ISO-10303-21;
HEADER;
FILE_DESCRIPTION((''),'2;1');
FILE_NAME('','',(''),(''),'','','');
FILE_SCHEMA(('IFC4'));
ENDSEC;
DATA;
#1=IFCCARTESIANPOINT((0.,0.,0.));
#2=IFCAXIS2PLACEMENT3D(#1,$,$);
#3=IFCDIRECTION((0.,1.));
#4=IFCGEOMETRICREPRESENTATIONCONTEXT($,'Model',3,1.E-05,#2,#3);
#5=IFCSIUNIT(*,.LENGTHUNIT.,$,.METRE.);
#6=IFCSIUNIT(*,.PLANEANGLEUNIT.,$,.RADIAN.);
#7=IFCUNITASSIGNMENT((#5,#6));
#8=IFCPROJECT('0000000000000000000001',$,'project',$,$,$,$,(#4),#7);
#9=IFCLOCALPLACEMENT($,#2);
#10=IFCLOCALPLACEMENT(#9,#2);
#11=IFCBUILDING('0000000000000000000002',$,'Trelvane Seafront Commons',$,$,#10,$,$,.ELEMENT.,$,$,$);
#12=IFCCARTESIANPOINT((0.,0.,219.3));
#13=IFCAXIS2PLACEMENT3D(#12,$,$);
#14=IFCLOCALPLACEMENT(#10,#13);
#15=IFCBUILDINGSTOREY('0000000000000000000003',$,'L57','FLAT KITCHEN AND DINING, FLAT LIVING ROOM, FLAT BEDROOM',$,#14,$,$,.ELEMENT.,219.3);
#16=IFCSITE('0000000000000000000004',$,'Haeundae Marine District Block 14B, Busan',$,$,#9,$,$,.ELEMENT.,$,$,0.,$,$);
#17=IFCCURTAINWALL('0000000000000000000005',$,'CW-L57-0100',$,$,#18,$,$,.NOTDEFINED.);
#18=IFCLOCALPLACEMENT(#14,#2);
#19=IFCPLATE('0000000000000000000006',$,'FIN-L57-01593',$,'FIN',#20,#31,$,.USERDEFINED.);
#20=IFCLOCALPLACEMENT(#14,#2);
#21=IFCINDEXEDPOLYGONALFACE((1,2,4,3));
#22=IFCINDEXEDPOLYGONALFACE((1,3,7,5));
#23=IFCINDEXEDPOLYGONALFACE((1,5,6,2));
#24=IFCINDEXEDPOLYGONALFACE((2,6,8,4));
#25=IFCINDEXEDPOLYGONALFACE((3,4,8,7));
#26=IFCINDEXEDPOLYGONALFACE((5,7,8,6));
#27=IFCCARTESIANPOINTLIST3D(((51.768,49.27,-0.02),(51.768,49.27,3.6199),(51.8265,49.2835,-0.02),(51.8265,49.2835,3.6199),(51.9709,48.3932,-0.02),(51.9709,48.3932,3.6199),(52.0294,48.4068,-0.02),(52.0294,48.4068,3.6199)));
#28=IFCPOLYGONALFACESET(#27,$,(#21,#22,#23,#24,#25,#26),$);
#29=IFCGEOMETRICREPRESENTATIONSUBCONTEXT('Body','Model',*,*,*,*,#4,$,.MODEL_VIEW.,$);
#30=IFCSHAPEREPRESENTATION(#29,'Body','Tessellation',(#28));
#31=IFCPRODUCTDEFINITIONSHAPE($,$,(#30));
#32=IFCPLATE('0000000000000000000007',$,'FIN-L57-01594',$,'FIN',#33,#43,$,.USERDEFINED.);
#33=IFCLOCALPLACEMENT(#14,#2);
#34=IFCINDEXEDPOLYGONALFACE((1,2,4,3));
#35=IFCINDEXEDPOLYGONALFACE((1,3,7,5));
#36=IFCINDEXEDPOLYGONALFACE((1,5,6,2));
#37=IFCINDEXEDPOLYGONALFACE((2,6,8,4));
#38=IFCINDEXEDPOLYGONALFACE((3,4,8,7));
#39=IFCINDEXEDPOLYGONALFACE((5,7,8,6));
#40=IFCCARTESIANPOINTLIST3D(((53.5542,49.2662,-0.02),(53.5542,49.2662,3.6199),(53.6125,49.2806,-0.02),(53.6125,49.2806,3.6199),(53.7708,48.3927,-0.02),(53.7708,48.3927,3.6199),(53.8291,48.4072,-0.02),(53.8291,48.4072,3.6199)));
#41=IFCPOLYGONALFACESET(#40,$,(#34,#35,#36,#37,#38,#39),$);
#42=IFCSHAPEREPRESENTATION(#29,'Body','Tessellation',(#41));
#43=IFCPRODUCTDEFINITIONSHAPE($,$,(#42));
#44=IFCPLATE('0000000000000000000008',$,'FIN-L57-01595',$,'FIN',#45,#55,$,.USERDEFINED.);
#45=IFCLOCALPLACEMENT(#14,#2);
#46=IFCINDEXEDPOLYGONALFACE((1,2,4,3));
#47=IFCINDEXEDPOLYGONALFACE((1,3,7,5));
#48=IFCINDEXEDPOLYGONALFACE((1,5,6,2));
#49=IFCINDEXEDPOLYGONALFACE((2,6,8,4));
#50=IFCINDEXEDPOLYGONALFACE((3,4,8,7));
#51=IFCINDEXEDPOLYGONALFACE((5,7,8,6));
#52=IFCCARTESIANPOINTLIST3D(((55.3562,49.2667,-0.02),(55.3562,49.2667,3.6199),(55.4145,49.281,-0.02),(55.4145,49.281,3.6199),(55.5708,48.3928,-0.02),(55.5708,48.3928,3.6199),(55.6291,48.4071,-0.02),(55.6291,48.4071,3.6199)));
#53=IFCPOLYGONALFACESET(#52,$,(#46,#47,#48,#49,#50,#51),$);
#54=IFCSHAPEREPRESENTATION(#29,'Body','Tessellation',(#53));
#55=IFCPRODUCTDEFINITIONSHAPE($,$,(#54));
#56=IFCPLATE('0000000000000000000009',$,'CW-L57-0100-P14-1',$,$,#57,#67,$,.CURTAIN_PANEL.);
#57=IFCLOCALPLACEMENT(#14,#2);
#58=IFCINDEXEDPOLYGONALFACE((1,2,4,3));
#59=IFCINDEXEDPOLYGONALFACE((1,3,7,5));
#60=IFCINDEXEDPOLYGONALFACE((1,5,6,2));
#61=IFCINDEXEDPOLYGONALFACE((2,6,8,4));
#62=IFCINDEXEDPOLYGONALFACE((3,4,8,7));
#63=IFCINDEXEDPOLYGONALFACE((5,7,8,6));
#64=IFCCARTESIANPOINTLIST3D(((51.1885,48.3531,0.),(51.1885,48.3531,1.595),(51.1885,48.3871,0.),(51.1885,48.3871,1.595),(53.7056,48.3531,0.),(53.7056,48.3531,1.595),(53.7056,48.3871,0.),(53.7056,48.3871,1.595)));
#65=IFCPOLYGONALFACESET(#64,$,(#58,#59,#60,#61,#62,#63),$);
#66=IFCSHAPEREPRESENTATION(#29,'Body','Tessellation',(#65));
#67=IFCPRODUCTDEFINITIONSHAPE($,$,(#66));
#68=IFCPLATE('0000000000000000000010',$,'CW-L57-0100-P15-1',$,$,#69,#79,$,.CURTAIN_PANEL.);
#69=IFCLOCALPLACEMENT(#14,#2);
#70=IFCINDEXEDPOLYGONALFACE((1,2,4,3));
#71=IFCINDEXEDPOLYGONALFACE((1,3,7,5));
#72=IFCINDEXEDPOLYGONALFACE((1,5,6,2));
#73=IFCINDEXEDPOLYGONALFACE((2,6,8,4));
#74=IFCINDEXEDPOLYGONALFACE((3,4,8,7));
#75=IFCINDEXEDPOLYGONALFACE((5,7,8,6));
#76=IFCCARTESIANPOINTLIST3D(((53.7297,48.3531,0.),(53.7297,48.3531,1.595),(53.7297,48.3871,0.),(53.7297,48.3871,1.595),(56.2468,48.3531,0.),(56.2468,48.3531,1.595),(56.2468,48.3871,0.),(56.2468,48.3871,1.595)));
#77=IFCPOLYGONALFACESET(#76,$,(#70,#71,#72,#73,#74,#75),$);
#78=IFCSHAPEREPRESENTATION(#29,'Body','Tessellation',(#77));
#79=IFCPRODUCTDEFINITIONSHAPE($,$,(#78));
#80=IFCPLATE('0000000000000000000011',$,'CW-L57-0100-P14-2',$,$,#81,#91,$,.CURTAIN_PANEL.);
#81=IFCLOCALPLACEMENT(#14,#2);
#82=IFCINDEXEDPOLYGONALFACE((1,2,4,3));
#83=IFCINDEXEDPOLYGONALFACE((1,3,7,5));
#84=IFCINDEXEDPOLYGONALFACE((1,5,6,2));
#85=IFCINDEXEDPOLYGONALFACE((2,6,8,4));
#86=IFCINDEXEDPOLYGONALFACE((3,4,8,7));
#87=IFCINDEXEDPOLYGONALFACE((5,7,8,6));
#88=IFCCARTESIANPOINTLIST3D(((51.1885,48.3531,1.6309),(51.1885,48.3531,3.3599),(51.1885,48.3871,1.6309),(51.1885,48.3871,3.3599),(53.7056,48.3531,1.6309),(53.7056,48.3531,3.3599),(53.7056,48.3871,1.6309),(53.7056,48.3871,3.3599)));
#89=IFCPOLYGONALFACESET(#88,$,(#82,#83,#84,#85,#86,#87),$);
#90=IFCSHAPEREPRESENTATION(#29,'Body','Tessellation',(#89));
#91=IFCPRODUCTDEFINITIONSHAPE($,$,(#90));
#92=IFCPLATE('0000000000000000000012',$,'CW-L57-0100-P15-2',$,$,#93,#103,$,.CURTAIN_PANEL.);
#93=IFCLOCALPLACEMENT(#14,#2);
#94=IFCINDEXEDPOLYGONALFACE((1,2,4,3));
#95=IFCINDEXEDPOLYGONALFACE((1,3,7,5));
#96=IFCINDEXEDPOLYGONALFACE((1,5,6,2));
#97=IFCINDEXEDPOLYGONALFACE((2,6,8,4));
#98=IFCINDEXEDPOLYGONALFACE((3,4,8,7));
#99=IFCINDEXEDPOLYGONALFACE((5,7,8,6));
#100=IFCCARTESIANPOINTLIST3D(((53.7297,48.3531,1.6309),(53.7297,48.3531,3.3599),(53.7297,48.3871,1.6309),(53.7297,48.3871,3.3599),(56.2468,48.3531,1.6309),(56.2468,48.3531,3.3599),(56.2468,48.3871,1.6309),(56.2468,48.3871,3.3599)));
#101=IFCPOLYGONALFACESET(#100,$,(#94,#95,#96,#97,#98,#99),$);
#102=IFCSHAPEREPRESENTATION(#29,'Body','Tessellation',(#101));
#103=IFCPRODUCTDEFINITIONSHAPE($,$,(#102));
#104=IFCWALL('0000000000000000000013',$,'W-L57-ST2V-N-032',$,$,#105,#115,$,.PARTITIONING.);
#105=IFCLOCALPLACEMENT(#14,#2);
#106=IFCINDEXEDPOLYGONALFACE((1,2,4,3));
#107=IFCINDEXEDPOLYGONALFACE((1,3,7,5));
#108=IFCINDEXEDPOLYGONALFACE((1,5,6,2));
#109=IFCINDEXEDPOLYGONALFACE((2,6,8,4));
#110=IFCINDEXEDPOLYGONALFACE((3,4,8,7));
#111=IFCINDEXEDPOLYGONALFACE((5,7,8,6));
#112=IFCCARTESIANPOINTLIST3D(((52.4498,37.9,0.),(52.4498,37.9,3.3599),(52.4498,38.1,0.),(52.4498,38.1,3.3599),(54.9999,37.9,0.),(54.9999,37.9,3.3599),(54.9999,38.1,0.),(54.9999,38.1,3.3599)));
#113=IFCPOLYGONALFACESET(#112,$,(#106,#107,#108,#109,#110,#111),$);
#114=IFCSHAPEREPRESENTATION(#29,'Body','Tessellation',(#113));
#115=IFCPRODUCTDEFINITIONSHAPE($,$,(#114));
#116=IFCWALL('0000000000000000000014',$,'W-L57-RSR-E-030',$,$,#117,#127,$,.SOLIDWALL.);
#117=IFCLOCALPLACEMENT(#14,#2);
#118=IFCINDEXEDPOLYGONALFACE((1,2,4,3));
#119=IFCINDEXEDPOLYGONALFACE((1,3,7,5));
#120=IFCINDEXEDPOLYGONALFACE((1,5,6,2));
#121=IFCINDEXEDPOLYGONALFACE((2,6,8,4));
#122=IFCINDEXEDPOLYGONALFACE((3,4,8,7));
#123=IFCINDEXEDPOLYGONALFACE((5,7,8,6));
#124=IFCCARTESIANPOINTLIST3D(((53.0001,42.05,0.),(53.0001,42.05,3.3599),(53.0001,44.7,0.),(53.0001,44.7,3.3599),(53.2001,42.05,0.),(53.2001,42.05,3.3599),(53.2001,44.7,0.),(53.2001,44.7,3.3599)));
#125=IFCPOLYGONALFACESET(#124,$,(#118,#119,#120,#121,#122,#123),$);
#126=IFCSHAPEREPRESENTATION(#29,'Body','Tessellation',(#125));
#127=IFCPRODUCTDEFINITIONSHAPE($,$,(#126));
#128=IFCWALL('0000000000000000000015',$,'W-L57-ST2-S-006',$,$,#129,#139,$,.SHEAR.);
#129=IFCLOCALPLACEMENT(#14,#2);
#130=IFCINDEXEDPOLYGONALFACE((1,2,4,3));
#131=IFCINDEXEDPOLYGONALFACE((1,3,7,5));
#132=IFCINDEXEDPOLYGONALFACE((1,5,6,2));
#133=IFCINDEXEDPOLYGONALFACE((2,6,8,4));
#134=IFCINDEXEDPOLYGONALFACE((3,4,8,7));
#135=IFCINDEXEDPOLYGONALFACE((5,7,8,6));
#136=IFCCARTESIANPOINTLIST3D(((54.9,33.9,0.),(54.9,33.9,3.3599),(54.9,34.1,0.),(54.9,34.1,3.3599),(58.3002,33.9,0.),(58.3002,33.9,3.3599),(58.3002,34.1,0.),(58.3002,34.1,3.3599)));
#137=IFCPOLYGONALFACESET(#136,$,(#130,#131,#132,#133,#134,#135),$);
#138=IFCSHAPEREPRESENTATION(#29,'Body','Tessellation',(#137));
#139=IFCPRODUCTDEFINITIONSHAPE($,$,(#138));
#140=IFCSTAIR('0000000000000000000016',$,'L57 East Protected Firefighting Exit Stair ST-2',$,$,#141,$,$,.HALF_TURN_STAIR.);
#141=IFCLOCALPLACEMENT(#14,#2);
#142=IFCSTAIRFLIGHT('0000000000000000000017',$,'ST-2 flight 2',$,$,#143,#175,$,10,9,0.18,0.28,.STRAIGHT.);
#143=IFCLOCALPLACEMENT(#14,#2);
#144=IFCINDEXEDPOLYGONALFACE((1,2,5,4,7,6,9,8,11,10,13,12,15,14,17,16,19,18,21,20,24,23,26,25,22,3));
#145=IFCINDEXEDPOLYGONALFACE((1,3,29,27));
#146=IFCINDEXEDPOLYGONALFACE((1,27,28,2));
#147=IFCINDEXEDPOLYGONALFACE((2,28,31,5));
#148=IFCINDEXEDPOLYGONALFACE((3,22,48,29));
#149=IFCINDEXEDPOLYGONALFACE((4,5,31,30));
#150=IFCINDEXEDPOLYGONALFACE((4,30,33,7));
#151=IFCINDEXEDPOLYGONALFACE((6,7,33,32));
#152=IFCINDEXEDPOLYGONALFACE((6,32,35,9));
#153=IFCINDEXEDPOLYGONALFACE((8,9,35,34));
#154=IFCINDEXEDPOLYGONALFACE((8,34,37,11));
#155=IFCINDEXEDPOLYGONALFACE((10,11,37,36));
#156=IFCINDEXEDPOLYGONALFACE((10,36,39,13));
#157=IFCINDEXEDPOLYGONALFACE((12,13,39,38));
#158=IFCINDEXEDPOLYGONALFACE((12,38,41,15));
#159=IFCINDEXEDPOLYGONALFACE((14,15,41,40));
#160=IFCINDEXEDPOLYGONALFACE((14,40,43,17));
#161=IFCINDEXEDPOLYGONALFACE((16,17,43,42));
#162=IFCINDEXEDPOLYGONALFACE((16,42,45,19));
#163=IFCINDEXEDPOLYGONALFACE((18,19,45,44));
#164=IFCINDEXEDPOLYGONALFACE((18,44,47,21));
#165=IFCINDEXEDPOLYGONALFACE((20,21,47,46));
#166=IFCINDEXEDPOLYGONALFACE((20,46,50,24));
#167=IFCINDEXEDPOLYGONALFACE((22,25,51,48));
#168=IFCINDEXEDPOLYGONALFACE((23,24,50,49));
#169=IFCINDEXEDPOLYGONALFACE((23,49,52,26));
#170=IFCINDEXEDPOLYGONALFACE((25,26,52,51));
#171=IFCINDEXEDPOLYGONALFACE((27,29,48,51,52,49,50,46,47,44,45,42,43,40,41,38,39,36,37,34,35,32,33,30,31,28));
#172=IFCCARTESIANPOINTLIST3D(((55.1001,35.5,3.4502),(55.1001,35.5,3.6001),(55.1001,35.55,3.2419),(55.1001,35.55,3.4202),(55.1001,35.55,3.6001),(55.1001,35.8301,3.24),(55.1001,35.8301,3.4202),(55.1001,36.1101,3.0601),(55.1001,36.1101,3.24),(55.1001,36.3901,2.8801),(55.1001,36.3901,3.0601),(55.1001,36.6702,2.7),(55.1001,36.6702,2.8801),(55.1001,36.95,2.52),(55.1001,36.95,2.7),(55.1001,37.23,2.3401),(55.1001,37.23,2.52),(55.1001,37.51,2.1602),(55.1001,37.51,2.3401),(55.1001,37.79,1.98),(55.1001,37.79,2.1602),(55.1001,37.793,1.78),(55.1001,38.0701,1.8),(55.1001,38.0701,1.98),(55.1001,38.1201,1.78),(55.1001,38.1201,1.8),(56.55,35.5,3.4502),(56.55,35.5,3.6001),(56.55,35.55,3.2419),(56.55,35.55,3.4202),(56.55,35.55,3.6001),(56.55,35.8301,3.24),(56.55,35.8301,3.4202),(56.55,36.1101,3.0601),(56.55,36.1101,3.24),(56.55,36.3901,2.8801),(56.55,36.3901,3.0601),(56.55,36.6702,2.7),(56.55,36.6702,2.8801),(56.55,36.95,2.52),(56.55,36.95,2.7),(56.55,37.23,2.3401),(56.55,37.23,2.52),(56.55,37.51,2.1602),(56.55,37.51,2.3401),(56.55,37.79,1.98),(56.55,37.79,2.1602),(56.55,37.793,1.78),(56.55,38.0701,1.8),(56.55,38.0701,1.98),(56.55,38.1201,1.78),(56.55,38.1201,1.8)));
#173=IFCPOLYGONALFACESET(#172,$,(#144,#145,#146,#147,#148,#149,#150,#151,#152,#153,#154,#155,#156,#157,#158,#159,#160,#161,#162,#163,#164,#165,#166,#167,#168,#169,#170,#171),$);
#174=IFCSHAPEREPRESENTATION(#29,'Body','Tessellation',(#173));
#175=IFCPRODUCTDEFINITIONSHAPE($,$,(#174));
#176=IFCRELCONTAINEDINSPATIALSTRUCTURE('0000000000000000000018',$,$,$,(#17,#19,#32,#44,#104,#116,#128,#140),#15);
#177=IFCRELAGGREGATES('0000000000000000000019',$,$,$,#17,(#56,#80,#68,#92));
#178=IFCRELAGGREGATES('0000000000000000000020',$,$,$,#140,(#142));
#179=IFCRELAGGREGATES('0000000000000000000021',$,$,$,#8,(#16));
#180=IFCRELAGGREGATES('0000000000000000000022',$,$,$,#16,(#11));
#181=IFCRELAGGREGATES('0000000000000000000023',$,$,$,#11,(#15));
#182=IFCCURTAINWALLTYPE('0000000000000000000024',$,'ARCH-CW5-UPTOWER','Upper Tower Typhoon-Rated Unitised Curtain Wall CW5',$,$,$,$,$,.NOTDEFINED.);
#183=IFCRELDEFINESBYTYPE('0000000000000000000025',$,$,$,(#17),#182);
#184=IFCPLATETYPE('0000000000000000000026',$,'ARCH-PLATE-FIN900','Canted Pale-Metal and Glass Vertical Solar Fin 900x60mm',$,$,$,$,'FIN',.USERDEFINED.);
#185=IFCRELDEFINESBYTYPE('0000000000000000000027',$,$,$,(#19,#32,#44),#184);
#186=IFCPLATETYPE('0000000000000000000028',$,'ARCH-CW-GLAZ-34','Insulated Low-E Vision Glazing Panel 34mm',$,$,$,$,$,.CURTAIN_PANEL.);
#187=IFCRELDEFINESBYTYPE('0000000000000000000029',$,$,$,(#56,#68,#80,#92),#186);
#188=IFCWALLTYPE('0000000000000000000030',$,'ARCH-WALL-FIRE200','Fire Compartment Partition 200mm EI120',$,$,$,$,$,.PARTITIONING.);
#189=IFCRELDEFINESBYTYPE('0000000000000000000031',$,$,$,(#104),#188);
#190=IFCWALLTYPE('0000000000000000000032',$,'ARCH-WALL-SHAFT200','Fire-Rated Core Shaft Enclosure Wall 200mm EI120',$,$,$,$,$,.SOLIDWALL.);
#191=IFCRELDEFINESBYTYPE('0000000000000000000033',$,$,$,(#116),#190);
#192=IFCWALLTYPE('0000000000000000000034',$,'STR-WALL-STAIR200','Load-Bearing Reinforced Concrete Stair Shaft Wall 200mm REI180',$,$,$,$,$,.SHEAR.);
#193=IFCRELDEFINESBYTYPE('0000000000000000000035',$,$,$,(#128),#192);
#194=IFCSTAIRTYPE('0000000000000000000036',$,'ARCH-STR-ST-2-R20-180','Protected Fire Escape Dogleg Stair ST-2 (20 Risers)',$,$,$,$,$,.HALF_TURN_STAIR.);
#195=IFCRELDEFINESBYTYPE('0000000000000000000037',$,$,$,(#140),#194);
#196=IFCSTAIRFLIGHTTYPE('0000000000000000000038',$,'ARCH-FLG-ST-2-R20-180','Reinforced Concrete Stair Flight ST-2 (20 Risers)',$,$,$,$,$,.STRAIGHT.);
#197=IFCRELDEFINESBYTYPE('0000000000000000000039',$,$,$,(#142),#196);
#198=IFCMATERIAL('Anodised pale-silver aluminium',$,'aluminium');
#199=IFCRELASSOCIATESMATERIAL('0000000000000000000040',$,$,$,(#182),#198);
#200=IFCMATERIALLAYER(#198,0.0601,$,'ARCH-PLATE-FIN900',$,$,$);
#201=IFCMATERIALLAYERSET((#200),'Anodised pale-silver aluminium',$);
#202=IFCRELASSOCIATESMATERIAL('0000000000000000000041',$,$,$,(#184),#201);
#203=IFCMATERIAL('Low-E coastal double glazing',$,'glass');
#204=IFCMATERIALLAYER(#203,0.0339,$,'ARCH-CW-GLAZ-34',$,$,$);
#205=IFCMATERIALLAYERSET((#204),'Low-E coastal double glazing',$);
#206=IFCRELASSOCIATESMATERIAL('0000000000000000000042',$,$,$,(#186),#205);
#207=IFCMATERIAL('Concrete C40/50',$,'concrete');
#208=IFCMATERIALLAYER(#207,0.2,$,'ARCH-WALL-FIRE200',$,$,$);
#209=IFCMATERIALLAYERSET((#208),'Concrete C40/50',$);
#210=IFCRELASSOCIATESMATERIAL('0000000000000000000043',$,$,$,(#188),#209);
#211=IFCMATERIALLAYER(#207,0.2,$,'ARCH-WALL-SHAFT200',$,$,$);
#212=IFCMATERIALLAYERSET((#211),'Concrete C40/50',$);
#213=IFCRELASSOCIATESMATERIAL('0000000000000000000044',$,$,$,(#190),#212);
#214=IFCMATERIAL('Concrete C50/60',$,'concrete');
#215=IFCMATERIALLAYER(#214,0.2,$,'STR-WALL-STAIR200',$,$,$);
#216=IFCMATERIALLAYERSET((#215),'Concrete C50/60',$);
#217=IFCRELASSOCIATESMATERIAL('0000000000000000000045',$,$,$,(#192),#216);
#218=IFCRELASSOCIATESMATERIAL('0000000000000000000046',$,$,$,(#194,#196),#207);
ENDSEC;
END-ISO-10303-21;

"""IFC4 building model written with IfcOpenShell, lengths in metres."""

from ifc_helpers import new_model, si_unit, direction, frame, frame_2d, origin, origin_2d, place, context, subcontext, project, spatial, polyline, rectangle, outline, extrude, source, transform, mapped, material, layer, layer_set, type_object, element, aggregate, save


model = new_model("IFC4")

# Units and contexts
model_context = context("Model", 3, precision=1e-05, world=origin(), true_north=direction((0.0, 1.0)))
body_context = subcontext(model_context, "Body", "Model", "MODEL_VIEW")
ifc_project = project(units=[si_unit("LENGTHUNIT", "METRE"), si_unit("PLANEANGLEUNIT", "RADIAN")], contexts=[model_context])

# Site, building, storey
site_placement = place(None, origin())
site = spatial("IfcSite", under=ifc_project, at=site_placement, Name="Haeundae Marine District Block 14B, Busan", CompositionType="ELEMENT", RefElevation=0.0)
building_placement = place(site_placement, origin())
building = spatial("IfcBuilding", under=site, at=building_placement, Name="Trelvane Seafront Commons", CompositionType="ELEMENT")
storey_placement = place(building_placement, frame((0.0, 0.0, 219.3)))
storey = spatial("IfcBuildingStorey", under=building, at=storey_placement, Name="L57", Description="FLAT KITCHEN AND DINING, FLAT LIVING ROOM, FLAT BEDROOM", CompositionType="ELEMENT", Elevation=219.3)

# Shared definitions
ifc_material_1 = material(Name="Concrete C50/60", Category="concrete")

# Curtain wall
ifc_material_2 = material(Name="Anodised pale-silver aluminium", Category="aluminium")
curtain_wall_type = type_object("IfcCurtainWallType", Name="ARCH-CW5-UPTOWER", Description="Upper Tower Typhoon-Rated Unitised Curtain Wall CW5", PredefinedType="NOTDEFINED", material=ifc_material_2)
curtain_wall_placement = place(storey_placement, origin())
curtain_wall = element("IfcCurtainWall", 1, at=curtain_wall_placement, inside=storey, type_object=curtain_wall_type, Name="CW-L57-0100", PredefinedType="NOTDEFINED")

# Plates
ifc_layer_1 = layer(ifc_material_2, 0.0601, Name="ARCH-PLATE-FIN900")
ifc_layer_set_1 = layer_set([ifc_layer_1], Name="Anodised pale-silver aluminium")
plate_type_1 = type_object("IfcPlateType", Name="ARCH-PLATE-FIN900", Description="Canted Pale-Metal and Glass Vertical Solar Fin 900x60mm", ElementType="FIN", PredefinedType="USERDEFINED", material=ifc_layer_set_1)
shared_shape_1 = source(origin(), body_context, "Body", "SweptSolid", [
    extrude(rectangle(XDim=0.8999, YDim=0.0601, at=origin_2d()), origin(), (0.0, 0.0, 1.0), 3.6399),
])
for number, where, z_axis, x_axis, name in (
    (2, (51.8987, 48.8384, -0.02), (0.0, 0.0, 1.0), (-0.225453, 0.974254, 0.0), "FIN-L57-01593"),
    (3, (53.6917, 48.8367, -0.02), (0.0, 0.0, 1.0), (-0.240679, 0.970605, 0.0), "FIN-L57-01594"),
    (4, (55.4927, 48.8369, -0.02), (0.0, 0.0, 1.0), (-0.238455, 0.971153, 0.0), "FIN-L57-01595"),
):
    element("IfcPlate", number, at=place(storey_placement, frame(where, z_axis=z_axis, x_axis=x_axis)), inside=storey, type_object=plate_type_1, Name=name, ObjectType="FIN", PredefinedType="USERDEFINED", context=body_context, shape_type="MappedRepresentation", body=[
        mapped(shared_shape_1, transform((0.0, 0.0, 0.0), x_axis=(1.0, 0.0, 0.0), y_axis=(0.0, 1.0, 0.0), z_axis=(0.0, 0.0, 1.0), scale=1.0)),
    ])

# Plates
ifc_material_3 = material(Name="Low-E coastal double glazing", Category="glass")
ifc_layer_2 = layer(ifc_material_3, 0.0339, Name="ARCH-CW-GLAZ-34")
ifc_layer_set_2 = layer_set([ifc_layer_2], Name="Low-E coastal double glazing")
plate_type_2 = type_object("IfcPlateType", Name="ARCH-CW-GLAZ-34", Description="Insulated Low-E Vision Glazing Panel 34mm", PredefinedType="CURTAIN_PANEL", material=ifc_layer_set_2)
shared_shape_2 = source(origin(), body_context, "Body", "SweptSolid", [
    extrude(rectangle(XDim=2.5171, YDim=0.0339, at=origin_2d()), origin(), (0.0, 0.0, 1.0), 1.595),
])
plate_1_placement = place(storey_placement, frame((52.447, 48.3701, 0.0), z_axis=(0.0, 0.0, 1.0), x_axis=(1.0, 0.0, 0.0)))
plate_1 = element("IfcPlate", 5, at=plate_1_placement, type_object=plate_type_2, Name="CW-L57-0100-P14-1", PredefinedType="CURTAIN_PANEL", context=body_context, shape_type="MappedRepresentation", body=[
    mapped(shared_shape_2, transform((0.0, 0.0, 0.0), x_axis=(1.0, 0.0, 0.0), y_axis=(0.0, 1.0, 0.0), z_axis=(0.0, 0.0, 1.0), scale=1.0)),
])
plate_2_placement = place(storey_placement, frame((54.9883, 48.3701, 0.0), z_axis=(0.0, 0.0, 1.0), x_axis=(1.0, 0.0, 0.0)))
plate_2 = element("IfcPlate", 6, at=plate_2_placement, type_object=plate_type_2, Name="CW-L57-0100-P15-1", PredefinedType="CURTAIN_PANEL", context=body_context, shape_type="MappedRepresentation", body=[
    mapped(shared_shape_2, transform((0.0, 0.0, 0.0), x_axis=(1.0, 0.0, 0.0), y_axis=(0.0, 1.0, 0.0), z_axis=(0.0, 0.0, 1.0), scale=1.0)),
])
shared_shape_3 = source(origin(), body_context, "Body", "SweptSolid", [
    extrude(rectangle(XDim=2.5171, YDim=0.0339, at=origin_2d()), origin(), (0.0, 0.0, 1.0), 1.729),
])
plate_3_placement = place(storey_placement, frame((52.447, 48.3701, 1.6309), z_axis=(0.0, 0.0, 1.0), x_axis=(1.0, 0.0, 0.0)))
plate_3 = element("IfcPlate", 7, at=plate_3_placement, type_object=plate_type_2, Name="CW-L57-0100-P14-2", PredefinedType="CURTAIN_PANEL", context=body_context, shape_type="MappedRepresentation", body=[
    mapped(shared_shape_3, transform((0.0, 0.0, 0.0), x_axis=(1.0, 0.0, 0.0), y_axis=(0.0, 1.0, 0.0), z_axis=(0.0, 0.0, 1.0), scale=1.0)),
])
plate_4_placement = place(storey_placement, frame((54.9883, 48.3701, 1.6309), z_axis=(0.0, 0.0, 1.0), x_axis=(1.0, 0.0, 0.0)))
plate_4 = element("IfcPlate", 8, at=plate_4_placement, type_object=plate_type_2, Name="CW-L57-0100-P15-2", PredefinedType="CURTAIN_PANEL", context=body_context, shape_type="MappedRepresentation", body=[
    mapped(shared_shape_3, transform((0.0, 0.0, 0.0), x_axis=(1.0, 0.0, 0.0), y_axis=(0.0, 1.0, 0.0), z_axis=(0.0, 0.0, 1.0), scale=1.0)),
])
aggregate(curtain_wall, [plate_1, plate_3, plate_2, plate_4])

# Walls
ifc_material_4 = material(Name="Concrete C40/50", Category="concrete")
ifc_layer_3 = layer(ifc_material_4, 0.2, Name="ARCH-WALL-FIRE200")
ifc_layer_set_3 = layer_set([ifc_layer_3], Name="Concrete C40/50")
wall_type_1 = type_object("IfcWallType", Name="ARCH-WALL-FIRE200", Description="Fire Compartment Partition 200mm EI120", PredefinedType="PARTITIONING", material=ifc_layer_set_3)
wall_1_placement = place(storey_placement, frame((52.45, 38.0, 0.0), z_axis=(0.0, 0.0, 1.0), x_axis=(1.0, 0.0, 0.0)))
element("IfcWall", 9, at=wall_1_placement, inside=storey, type_object=wall_type_1, Name="W-L57-ST2V-N-032", PredefinedType="PARTITIONING", context=body_context, shape_type="SweptSolid", body=[
    extrude(rectangle(XDim=2.55, YDim=0.2, at=frame_2d((1.2749, 0.0))), origin(), (0.0, 0.0, 1.0), 3.3599),
])
ifc_layer_4 = layer(ifc_material_4, 0.2, Name="ARCH-WALL-SHAFT200")
ifc_layer_set_4 = layer_set([ifc_layer_4], Name="Concrete C40/50")
wall_type_2 = type_object("IfcWallType", Name="ARCH-WALL-SHAFT200", Description="Fire-Rated Core Shaft Enclosure Wall 200mm EI120", PredefinedType="SOLIDWALL", material=ifc_layer_set_4)
wall_2_placement = place(storey_placement, frame((53.1001, 42.05, 0.0), z_axis=(0.0, 0.0, 1.0), x_axis=(0.0, 1.0, 0.0)))
element("IfcWall", 10, at=wall_2_placement, inside=storey, type_object=wall_type_2, Name="W-L57-RSR-E-030", PredefinedType="SOLIDWALL", context=body_context, shape_type="SweptSolid", body=[
    extrude(rectangle(XDim=2.6499, YDim=0.2, at=frame_2d((1.325, 0.0))), origin(), (0.0, 0.0, 1.0), 3.3599),
])
ifc_layer_5 = layer(ifc_material_1, 0.2, Name="STR-WALL-STAIR200")
ifc_layer_set_5 = layer_set([ifc_layer_5], Name="Concrete C50/60")
wall_type_3 = type_object("IfcWallType", Name="STR-WALL-STAIR200", Description="Load-Bearing Reinforced Concrete Stair Shaft Wall 200mm REI180", PredefinedType="SHEAR", material=ifc_layer_set_5)
wall_3_placement = place(storey_placement, frame((54.8999, 34.0, 0.0), z_axis=(0.0, 0.0, 1.0), x_axis=(1.0, 0.0, 0.0)))
element("IfcWall", 11, at=wall_3_placement, inside=storey, type_object=wall_type_3, Name="W-L57-ST2-S-006", PredefinedType="SHEAR", context=body_context, shape_type="SweptSolid", body=[
    extrude(rectangle(XDim=3.4001, YDim=0.2, at=frame_2d((1.7002, 0.0))), origin(), (0.0, 0.0, 1.0), 3.3599),
])

# Stair, stair flight
stair_type = type_object("IfcStairType", Name="ARCH-STR-ST-2-R20-180", Description="Protected Fire Escape Dogleg Stair ST-2 (20 Risers)", PredefinedType="HALF_TURN_STAIR", material=ifc_material_4)
stair_placement = place(storey_placement, origin())
stair = element("IfcStair", 12, at=stair_placement, inside=storey, type_object=stair_type, Name="L57 East Protected Firefighting Exit Stair ST-2", PredefinedType="HALF_TURN_STAIR")
stair_flight_type = type_object("IfcStairFlightType", Name="ARCH-FLG-ST-2-R20-180", Description="Reinforced Concrete Stair Flight ST-2 (20 Risers)", PredefinedType="STRAIGHT", material=ifc_material_4)
shared_shape_4 = source(origin(), body_context, "Body", "SweptSolid", [
    extrude(outline(polyline([(-0.05, -0.02), (-0.05, 0.0), (0.0, 0.0), (0.0, 0.1799), (0.28, 0.1799), (0.28, 0.3601), (0.5601, 0.3601), (0.5601, 0.54), (0.8401, 0.54), (0.8401, 0.72), (1.1201, 0.72), (1.1201, 0.8999), (1.3999, 0.8999), (1.3999, 1.0801), (1.6799, 1.0801), (1.6799, 1.26), (1.96, 1.26), (1.96, 1.4399), (2.24, 1.4399), (2.24, 1.6201), (2.52, 1.6201), (2.52, 1.8), (2.5701, 1.8), (2.5701, 1.6501), (2.52, 1.4419), (0.2771, -0.02), (-0.05, -0.02)])), frame((0.0, 0.7251, 0.0), z_axis=(0.0, -1.0, 0.0), x_axis=(1.0, 0.0, 0.0)), (0.0, 0.0, 1.0), 1.45),
])
stair_flight_placement = place(storey_placement, frame((55.825, 38.0701, 1.8), z_axis=(0.0, 0.0, 1.0), x_axis=(0.0, -1.0, 0.0)))
stair_flight = element("IfcStairFlight", 13, at=stair_flight_placement, type_object=stair_flight_type, Name="ST-2 flight 2", NumberOfRisers=10, NumberOfTreads=9, PredefinedType="STRAIGHT", RiserHeight=0.18, TreadLength=0.28, context=body_context, shape_type="MappedRepresentation", body=[
    mapped(shared_shape_4, transform((0.0, 0.0, 0.0), x_axis=(1.0, 0.0, 0.0), y_axis=(0.0, 1.0, 0.0), z_axis=(0.0, 0.0, 1.0), scale=1.0)),
])
aggregate(stair, [stair_flight])

save(model, "model.ifc")
